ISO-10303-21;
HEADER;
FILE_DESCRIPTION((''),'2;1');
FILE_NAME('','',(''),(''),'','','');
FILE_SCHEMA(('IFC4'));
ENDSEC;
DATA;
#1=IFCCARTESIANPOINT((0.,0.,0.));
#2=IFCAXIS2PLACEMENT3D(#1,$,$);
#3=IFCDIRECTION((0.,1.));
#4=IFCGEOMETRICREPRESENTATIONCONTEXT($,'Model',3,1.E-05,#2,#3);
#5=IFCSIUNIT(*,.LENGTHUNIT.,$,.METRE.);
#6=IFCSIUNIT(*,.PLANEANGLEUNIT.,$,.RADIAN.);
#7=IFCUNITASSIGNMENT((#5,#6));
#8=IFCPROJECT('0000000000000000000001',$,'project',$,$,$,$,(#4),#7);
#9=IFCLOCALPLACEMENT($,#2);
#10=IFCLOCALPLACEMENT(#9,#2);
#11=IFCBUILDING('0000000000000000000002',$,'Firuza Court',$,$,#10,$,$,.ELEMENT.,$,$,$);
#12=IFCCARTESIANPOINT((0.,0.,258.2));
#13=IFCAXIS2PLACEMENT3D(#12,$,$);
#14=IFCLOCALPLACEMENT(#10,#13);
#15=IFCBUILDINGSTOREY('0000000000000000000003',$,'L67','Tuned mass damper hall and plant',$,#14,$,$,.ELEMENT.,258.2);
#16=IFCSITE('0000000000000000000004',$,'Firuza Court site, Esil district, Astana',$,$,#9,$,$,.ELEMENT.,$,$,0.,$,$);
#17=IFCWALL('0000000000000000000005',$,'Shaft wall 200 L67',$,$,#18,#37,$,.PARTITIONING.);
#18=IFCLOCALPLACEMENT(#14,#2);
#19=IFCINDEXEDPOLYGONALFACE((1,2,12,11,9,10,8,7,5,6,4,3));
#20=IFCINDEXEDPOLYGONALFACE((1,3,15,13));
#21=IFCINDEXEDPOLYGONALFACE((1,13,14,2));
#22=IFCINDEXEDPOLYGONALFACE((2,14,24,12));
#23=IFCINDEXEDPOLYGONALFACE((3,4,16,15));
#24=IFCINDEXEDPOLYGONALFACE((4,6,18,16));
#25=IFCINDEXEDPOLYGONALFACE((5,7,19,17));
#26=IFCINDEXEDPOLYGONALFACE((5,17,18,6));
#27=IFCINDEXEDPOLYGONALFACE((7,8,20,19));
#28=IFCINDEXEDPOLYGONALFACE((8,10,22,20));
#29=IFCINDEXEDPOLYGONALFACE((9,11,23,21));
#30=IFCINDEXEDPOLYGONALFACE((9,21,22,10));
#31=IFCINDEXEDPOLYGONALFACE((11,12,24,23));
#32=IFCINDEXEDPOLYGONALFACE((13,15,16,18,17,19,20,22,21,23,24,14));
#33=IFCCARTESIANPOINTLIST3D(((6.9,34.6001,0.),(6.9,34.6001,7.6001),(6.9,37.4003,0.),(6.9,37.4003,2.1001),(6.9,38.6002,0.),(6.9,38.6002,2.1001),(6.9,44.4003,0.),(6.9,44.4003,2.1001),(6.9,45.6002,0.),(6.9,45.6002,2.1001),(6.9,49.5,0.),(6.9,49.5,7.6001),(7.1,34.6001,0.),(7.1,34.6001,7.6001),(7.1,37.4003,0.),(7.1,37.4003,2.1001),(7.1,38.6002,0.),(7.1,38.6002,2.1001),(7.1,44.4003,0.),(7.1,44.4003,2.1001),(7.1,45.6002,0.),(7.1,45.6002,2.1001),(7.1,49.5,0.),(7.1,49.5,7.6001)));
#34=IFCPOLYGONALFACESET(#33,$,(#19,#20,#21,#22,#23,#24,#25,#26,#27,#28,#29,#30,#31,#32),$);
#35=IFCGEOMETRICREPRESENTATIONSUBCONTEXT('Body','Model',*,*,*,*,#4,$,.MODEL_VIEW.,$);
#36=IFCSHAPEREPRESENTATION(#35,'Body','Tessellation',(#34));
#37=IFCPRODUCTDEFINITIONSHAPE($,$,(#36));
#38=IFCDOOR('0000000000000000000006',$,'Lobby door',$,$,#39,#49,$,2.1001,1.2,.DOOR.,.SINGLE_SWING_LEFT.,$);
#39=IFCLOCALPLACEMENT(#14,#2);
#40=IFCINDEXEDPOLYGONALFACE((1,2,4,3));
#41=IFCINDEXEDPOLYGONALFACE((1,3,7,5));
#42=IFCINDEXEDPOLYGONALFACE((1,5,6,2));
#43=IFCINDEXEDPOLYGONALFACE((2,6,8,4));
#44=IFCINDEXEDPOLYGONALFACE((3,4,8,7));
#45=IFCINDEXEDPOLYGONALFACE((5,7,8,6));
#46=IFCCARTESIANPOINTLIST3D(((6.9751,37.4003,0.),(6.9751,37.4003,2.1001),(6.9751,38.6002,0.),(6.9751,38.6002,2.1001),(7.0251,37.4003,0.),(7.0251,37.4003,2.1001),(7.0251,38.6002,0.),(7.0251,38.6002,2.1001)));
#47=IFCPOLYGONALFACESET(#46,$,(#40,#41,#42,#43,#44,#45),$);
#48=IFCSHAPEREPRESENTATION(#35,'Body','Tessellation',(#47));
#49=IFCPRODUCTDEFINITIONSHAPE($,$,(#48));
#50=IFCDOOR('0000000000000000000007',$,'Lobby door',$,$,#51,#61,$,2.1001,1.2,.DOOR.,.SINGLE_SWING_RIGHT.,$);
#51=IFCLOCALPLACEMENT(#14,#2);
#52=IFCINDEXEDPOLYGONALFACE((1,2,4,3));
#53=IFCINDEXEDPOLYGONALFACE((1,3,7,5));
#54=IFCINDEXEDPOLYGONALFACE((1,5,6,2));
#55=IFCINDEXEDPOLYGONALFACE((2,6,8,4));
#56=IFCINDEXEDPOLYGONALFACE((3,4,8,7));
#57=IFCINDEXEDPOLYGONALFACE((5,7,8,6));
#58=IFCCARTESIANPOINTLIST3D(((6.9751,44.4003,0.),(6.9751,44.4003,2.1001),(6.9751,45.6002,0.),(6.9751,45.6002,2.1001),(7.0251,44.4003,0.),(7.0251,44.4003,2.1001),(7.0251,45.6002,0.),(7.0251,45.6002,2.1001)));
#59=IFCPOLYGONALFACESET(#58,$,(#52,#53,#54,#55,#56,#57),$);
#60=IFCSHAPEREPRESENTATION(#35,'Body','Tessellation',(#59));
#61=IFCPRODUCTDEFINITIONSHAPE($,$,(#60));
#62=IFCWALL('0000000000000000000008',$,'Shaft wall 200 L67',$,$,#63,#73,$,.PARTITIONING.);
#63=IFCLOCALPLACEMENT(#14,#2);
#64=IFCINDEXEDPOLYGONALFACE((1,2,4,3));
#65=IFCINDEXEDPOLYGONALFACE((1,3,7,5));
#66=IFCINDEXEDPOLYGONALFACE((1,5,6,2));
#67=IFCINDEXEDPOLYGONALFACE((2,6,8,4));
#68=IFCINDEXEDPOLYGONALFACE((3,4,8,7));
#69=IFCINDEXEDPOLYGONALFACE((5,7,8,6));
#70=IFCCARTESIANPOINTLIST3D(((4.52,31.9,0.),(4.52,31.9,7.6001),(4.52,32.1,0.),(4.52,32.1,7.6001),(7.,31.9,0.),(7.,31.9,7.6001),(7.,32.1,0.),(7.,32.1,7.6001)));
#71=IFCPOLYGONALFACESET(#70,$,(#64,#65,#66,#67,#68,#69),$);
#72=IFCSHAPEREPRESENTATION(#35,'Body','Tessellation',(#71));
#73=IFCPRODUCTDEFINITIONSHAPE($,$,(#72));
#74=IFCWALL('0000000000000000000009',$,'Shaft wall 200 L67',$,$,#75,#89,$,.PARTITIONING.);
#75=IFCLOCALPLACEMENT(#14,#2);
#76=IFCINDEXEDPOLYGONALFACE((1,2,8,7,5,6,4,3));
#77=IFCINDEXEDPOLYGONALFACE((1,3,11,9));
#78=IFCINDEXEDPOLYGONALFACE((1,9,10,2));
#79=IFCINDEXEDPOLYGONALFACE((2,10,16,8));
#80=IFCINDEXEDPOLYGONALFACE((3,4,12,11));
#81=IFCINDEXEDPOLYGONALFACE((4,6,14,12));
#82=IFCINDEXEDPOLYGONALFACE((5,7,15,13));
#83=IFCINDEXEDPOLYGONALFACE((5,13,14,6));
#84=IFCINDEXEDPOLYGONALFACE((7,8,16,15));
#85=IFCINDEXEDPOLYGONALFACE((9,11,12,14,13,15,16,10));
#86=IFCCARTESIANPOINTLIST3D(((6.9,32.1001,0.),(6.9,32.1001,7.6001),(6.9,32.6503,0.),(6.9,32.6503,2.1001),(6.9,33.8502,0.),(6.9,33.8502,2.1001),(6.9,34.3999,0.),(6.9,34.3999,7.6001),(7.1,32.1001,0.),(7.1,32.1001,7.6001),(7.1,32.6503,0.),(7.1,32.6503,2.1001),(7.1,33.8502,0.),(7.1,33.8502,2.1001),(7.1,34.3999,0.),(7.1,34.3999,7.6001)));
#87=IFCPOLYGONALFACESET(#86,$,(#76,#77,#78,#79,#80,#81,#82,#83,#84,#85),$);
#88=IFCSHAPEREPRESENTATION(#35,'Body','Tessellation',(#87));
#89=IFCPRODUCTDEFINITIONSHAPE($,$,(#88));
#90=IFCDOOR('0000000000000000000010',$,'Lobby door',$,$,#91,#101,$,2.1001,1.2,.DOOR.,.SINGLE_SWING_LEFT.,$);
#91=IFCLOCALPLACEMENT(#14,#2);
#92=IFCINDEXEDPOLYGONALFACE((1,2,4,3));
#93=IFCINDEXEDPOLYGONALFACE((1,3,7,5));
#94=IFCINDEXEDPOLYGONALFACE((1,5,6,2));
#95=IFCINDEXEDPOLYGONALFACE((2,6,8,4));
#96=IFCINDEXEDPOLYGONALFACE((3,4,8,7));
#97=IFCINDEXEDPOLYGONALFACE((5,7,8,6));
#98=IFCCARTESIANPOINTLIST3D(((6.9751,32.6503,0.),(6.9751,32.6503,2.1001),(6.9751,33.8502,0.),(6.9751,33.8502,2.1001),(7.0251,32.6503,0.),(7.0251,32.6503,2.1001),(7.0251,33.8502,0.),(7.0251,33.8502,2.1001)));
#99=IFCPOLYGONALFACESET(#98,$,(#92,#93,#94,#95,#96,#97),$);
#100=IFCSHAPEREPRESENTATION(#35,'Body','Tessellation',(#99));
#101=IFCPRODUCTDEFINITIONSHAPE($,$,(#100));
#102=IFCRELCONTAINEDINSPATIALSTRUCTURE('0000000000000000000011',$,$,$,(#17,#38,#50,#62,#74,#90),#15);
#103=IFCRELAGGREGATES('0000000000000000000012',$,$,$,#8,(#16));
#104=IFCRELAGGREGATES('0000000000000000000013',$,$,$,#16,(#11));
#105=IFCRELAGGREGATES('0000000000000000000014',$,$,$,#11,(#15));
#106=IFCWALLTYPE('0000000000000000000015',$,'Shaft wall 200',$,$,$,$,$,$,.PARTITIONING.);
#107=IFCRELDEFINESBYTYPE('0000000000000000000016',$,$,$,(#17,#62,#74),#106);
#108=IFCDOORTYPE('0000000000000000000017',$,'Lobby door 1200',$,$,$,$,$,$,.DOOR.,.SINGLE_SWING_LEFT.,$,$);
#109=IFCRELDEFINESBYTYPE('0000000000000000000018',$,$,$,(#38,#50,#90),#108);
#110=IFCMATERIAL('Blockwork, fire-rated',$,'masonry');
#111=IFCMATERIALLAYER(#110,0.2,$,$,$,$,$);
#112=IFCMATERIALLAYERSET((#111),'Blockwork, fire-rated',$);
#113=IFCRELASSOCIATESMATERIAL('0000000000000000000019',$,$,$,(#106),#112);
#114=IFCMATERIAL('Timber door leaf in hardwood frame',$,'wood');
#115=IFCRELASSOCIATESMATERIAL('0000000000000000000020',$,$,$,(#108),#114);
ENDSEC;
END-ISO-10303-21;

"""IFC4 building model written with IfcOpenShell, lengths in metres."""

from ifc_helpers import new_model, si_unit, direction, frame, frame_2d, origin, place, context, subcontext, project, spatial, rectangle, extrude, material, layer, layer_set, type_object, element, fill, save


model = new_model("IFC4")

# Units and contexts
model_context = context("Model", 3, precision=1e-05, world=origin(), true_north=direction((0.0, 1.0)))
body_context = subcontext(model_context, "Body", "Model", "MODEL_VIEW")
ifc_project = project(units=[si_unit("LENGTHUNIT", "METRE"), si_unit("PLANEANGLEUNIT", "RADIAN")], contexts=[model_context])

# Site, building, storey
site_placement = place(None, origin())
site = spatial("IfcSite", under=ifc_project, at=site_placement, Name="Firuza Court site, Esil district, Astana", CompositionType="ELEMENT", RefElevation=0.0)
building_placement = place(site_placement, origin())
building = spatial("IfcBuilding", under=site, at=building_placement, Name="Firuza Court", CompositionType="ELEMENT")
storey_placement = place(building_placement, frame((0.0, 0.0, 258.2)))
storey = spatial("IfcBuildingStorey", under=building, at=storey_placement, Name="L67", Description="Tuned mass damper hall and plant", CompositionType="ELEMENT", Elevation=258.2)

# Shared definitions
ifc_material_1 = material(Name="Blockwork, fire-rated", Category="masonry")

# Shared definitions
ifc_layer_1 = layer(ifc_material_1, 0.2)
ifc_layer_set_1 = layer_set([ifc_layer_1], Name="Blockwork, fire-rated")
wall_type_1 = type_object("IfcWallType", Name="Shaft wall 200", PredefinedType="PARTITIONING", material=ifc_layer_set_1)

# Wall, openings, doors
wall_1_placement = place(storey_placement, frame((7.0, 34.6001, 0.0), z_axis=(0.0, 0.0, 1.0), x_axis=(0.0, 1.0, 0.0)))
wall_1 = element("IfcWall", 1, at=wall_1_placement, inside=storey, type_object=wall_type_1, Name="Shaft wall 200 L67", PredefinedType="PARTITIONING", context=body_context, shape_type="SweptSolid", body=[
    extrude(rectangle(XDim=14.8999, YDim=0.2, at=frame_2d((7.45, 0.0))), origin(), (0.0, 0.0, 1.0), 7.6001),
])
opening_1_placement = place(wall_1_placement, frame((2.8, 0.0, 0.0)))
opening_1 = element("IfcOpeningElement", 2, at=opening_1_placement, cuts=wall_1, PredefinedType="OPENING", context=body_context, shape_type="SweptSolid", body=[
    extrude(rectangle(XDim=1.2, YDim=2.1001, at=frame_2d((0.6001, 1.05))), frame((0.0, 0.1118, 0.0), z_axis=(0.0, -1.0, 0.0), x_axis=(1.0, 0.0, 0.0)), (0.0, 0.0, 1.0), 0.2239),
])
opening_2_placement = place(wall_1_placement, frame((9.8, 0.0, 0.0)))
opening_2 = element("IfcOpeningElement", 3, at=opening_2_placement, cuts=wall_1, PredefinedType="OPENING", context=body_context, shape_type="SweptSolid", body=[
    extrude(rectangle(XDim=1.2, YDim=2.1001, at=frame_2d((0.6001, 1.05))), frame((0.0, 0.1118, 0.0), z_axis=(0.0, -1.0, 0.0), x_axis=(1.0, 0.0, 0.0)), (0.0, 0.0, 1.0), 0.2239),
])
ifc_material_2 = material(Name="Timber door leaf in hardwood frame", Category="wood")
door_type_1 = type_object("IfcDoorType", Name="Lobby door 1200", OperationType="SINGLE_SWING_LEFT", PredefinedType="DOOR", material=ifc_material_2)
door_1_placement = place(opening_1_placement, origin())
door_1 = element("IfcDoor", 4, at=door_1_placement, inside=storey, type_object=door_type_1, Name="Lobby door", OperationType="SINGLE_SWING_LEFT", OverallHeight=2.1001, OverallWidth=1.2, PredefinedType="DOOR", context=body_context, shape_type="SweptSolid", body=[
    extrude(rectangle(XDim=1.2, YDim=2.1001, at=frame_2d((0.6001, 1.05))), frame((0.0, 0.0249, 0.0), z_axis=(0.0, -1.0, 0.0), x_axis=(1.0, 0.0, 0.0)), (0.0, 0.0, 1.0), 0.05),
])
fill(opening_1, door_1)
door_2_placement = place(opening_2_placement, origin())
door_2 = element("IfcDoor", 5, at=door_2_placement, inside=storey, type_object=door_type_1, Name="Lobby door", OperationType="SINGLE_SWING_RIGHT", OverallHeight=2.1001, OverallWidth=1.2, PredefinedType="DOOR", context=body_context, shape_type="SweptSolid", body=[
    extrude(rectangle(XDim=1.2, YDim=2.1001, at=frame_2d((0.6001, 1.05))), frame((0.0, 0.0249, 0.0), z_axis=(0.0, -1.0, 0.0), x_axis=(1.0, 0.0, 0.0)), (0.0, 0.0, 1.0), 0.05),
])
fill(opening_2, door_2)

# Wall
wall_2_placement = place(storey_placement, frame((4.52, 32.0, 0.0), z_axis=(0.0, 0.0, 1.0), x_axis=(1.0, 0.0, 0.0)))
element("IfcWall", 6, at=wall_2_placement, inside=storey, type_object=wall_type_1, Name="Shaft wall 200 L67", PredefinedType="PARTITIONING", context=body_context, shape_type="SweptSolid", body=[
    extrude(rectangle(XDim=2.48, YDim=0.2, at=frame_2d((1.24, 0.0))), origin(), (0.0, 0.0, 1.0), 7.6001),
])

# Wall, opening, door
wall_3_placement = place(storey_placement, frame((7.0, 32.1001, 0.0), z_axis=(0.0, 0.0, 1.0), x_axis=(0.0, 1.0, 0.0)))
wall_3 = element("IfcWall", 7, at=wall_3_placement, inside=storey, type_object=wall_type_1, Name="Shaft wall 200 L67", PredefinedType="PARTITIONING", context=body_context, shape_type="SweptSolid", body=[
    extrude(rectangle(XDim=2.2998, YDim=0.2, at=frame_2d((1.1499, 0.0))), origin(), (0.0, 0.0, 1.0), 7.6001),
])
opening_3_placement = place(wall_3_placement, frame((0.55, 0.0, 0.0)))
opening_3 = element("IfcOpeningElement", 8, at=opening_3_placement, cuts=wall_3, PredefinedType="OPENING", context=body_context, shape_type="SweptSolid", body=[
    extrude(rectangle(XDim=1.2, YDim=2.1001, at=frame_2d((0.6001, 1.05))), frame((0.0, 0.1118, 0.0), z_axis=(0.0, -1.0, 0.0), x_axis=(1.0, 0.0, 0.0)), (0.0, 0.0, 1.0), 0.2239),
])
door_3_placement = place(opening_3_placement, origin())
door_3 = element("IfcDoor", 9, at=door_3_placement, inside=storey, type_object=door_type_1, Name="Lobby door", OperationType="SINGLE_SWING_LEFT", OverallHeight=2.1001, OverallWidth=1.2, PredefinedType="DOOR", context=body_context, shape_type="SweptSolid", body=[
    extrude(rectangle(XDim=1.2, YDim=2.1001, at=frame_2d((0.6001, 1.05))), frame((0.0, 0.0249, 0.0), z_axis=(0.0, -1.0, 0.0), x_axis=(1.0, 0.0, 0.0)), (0.0, 0.0, 1.0), 0.05),
])
fill(opening_3, door_3)

save(model, "model.ifc")
